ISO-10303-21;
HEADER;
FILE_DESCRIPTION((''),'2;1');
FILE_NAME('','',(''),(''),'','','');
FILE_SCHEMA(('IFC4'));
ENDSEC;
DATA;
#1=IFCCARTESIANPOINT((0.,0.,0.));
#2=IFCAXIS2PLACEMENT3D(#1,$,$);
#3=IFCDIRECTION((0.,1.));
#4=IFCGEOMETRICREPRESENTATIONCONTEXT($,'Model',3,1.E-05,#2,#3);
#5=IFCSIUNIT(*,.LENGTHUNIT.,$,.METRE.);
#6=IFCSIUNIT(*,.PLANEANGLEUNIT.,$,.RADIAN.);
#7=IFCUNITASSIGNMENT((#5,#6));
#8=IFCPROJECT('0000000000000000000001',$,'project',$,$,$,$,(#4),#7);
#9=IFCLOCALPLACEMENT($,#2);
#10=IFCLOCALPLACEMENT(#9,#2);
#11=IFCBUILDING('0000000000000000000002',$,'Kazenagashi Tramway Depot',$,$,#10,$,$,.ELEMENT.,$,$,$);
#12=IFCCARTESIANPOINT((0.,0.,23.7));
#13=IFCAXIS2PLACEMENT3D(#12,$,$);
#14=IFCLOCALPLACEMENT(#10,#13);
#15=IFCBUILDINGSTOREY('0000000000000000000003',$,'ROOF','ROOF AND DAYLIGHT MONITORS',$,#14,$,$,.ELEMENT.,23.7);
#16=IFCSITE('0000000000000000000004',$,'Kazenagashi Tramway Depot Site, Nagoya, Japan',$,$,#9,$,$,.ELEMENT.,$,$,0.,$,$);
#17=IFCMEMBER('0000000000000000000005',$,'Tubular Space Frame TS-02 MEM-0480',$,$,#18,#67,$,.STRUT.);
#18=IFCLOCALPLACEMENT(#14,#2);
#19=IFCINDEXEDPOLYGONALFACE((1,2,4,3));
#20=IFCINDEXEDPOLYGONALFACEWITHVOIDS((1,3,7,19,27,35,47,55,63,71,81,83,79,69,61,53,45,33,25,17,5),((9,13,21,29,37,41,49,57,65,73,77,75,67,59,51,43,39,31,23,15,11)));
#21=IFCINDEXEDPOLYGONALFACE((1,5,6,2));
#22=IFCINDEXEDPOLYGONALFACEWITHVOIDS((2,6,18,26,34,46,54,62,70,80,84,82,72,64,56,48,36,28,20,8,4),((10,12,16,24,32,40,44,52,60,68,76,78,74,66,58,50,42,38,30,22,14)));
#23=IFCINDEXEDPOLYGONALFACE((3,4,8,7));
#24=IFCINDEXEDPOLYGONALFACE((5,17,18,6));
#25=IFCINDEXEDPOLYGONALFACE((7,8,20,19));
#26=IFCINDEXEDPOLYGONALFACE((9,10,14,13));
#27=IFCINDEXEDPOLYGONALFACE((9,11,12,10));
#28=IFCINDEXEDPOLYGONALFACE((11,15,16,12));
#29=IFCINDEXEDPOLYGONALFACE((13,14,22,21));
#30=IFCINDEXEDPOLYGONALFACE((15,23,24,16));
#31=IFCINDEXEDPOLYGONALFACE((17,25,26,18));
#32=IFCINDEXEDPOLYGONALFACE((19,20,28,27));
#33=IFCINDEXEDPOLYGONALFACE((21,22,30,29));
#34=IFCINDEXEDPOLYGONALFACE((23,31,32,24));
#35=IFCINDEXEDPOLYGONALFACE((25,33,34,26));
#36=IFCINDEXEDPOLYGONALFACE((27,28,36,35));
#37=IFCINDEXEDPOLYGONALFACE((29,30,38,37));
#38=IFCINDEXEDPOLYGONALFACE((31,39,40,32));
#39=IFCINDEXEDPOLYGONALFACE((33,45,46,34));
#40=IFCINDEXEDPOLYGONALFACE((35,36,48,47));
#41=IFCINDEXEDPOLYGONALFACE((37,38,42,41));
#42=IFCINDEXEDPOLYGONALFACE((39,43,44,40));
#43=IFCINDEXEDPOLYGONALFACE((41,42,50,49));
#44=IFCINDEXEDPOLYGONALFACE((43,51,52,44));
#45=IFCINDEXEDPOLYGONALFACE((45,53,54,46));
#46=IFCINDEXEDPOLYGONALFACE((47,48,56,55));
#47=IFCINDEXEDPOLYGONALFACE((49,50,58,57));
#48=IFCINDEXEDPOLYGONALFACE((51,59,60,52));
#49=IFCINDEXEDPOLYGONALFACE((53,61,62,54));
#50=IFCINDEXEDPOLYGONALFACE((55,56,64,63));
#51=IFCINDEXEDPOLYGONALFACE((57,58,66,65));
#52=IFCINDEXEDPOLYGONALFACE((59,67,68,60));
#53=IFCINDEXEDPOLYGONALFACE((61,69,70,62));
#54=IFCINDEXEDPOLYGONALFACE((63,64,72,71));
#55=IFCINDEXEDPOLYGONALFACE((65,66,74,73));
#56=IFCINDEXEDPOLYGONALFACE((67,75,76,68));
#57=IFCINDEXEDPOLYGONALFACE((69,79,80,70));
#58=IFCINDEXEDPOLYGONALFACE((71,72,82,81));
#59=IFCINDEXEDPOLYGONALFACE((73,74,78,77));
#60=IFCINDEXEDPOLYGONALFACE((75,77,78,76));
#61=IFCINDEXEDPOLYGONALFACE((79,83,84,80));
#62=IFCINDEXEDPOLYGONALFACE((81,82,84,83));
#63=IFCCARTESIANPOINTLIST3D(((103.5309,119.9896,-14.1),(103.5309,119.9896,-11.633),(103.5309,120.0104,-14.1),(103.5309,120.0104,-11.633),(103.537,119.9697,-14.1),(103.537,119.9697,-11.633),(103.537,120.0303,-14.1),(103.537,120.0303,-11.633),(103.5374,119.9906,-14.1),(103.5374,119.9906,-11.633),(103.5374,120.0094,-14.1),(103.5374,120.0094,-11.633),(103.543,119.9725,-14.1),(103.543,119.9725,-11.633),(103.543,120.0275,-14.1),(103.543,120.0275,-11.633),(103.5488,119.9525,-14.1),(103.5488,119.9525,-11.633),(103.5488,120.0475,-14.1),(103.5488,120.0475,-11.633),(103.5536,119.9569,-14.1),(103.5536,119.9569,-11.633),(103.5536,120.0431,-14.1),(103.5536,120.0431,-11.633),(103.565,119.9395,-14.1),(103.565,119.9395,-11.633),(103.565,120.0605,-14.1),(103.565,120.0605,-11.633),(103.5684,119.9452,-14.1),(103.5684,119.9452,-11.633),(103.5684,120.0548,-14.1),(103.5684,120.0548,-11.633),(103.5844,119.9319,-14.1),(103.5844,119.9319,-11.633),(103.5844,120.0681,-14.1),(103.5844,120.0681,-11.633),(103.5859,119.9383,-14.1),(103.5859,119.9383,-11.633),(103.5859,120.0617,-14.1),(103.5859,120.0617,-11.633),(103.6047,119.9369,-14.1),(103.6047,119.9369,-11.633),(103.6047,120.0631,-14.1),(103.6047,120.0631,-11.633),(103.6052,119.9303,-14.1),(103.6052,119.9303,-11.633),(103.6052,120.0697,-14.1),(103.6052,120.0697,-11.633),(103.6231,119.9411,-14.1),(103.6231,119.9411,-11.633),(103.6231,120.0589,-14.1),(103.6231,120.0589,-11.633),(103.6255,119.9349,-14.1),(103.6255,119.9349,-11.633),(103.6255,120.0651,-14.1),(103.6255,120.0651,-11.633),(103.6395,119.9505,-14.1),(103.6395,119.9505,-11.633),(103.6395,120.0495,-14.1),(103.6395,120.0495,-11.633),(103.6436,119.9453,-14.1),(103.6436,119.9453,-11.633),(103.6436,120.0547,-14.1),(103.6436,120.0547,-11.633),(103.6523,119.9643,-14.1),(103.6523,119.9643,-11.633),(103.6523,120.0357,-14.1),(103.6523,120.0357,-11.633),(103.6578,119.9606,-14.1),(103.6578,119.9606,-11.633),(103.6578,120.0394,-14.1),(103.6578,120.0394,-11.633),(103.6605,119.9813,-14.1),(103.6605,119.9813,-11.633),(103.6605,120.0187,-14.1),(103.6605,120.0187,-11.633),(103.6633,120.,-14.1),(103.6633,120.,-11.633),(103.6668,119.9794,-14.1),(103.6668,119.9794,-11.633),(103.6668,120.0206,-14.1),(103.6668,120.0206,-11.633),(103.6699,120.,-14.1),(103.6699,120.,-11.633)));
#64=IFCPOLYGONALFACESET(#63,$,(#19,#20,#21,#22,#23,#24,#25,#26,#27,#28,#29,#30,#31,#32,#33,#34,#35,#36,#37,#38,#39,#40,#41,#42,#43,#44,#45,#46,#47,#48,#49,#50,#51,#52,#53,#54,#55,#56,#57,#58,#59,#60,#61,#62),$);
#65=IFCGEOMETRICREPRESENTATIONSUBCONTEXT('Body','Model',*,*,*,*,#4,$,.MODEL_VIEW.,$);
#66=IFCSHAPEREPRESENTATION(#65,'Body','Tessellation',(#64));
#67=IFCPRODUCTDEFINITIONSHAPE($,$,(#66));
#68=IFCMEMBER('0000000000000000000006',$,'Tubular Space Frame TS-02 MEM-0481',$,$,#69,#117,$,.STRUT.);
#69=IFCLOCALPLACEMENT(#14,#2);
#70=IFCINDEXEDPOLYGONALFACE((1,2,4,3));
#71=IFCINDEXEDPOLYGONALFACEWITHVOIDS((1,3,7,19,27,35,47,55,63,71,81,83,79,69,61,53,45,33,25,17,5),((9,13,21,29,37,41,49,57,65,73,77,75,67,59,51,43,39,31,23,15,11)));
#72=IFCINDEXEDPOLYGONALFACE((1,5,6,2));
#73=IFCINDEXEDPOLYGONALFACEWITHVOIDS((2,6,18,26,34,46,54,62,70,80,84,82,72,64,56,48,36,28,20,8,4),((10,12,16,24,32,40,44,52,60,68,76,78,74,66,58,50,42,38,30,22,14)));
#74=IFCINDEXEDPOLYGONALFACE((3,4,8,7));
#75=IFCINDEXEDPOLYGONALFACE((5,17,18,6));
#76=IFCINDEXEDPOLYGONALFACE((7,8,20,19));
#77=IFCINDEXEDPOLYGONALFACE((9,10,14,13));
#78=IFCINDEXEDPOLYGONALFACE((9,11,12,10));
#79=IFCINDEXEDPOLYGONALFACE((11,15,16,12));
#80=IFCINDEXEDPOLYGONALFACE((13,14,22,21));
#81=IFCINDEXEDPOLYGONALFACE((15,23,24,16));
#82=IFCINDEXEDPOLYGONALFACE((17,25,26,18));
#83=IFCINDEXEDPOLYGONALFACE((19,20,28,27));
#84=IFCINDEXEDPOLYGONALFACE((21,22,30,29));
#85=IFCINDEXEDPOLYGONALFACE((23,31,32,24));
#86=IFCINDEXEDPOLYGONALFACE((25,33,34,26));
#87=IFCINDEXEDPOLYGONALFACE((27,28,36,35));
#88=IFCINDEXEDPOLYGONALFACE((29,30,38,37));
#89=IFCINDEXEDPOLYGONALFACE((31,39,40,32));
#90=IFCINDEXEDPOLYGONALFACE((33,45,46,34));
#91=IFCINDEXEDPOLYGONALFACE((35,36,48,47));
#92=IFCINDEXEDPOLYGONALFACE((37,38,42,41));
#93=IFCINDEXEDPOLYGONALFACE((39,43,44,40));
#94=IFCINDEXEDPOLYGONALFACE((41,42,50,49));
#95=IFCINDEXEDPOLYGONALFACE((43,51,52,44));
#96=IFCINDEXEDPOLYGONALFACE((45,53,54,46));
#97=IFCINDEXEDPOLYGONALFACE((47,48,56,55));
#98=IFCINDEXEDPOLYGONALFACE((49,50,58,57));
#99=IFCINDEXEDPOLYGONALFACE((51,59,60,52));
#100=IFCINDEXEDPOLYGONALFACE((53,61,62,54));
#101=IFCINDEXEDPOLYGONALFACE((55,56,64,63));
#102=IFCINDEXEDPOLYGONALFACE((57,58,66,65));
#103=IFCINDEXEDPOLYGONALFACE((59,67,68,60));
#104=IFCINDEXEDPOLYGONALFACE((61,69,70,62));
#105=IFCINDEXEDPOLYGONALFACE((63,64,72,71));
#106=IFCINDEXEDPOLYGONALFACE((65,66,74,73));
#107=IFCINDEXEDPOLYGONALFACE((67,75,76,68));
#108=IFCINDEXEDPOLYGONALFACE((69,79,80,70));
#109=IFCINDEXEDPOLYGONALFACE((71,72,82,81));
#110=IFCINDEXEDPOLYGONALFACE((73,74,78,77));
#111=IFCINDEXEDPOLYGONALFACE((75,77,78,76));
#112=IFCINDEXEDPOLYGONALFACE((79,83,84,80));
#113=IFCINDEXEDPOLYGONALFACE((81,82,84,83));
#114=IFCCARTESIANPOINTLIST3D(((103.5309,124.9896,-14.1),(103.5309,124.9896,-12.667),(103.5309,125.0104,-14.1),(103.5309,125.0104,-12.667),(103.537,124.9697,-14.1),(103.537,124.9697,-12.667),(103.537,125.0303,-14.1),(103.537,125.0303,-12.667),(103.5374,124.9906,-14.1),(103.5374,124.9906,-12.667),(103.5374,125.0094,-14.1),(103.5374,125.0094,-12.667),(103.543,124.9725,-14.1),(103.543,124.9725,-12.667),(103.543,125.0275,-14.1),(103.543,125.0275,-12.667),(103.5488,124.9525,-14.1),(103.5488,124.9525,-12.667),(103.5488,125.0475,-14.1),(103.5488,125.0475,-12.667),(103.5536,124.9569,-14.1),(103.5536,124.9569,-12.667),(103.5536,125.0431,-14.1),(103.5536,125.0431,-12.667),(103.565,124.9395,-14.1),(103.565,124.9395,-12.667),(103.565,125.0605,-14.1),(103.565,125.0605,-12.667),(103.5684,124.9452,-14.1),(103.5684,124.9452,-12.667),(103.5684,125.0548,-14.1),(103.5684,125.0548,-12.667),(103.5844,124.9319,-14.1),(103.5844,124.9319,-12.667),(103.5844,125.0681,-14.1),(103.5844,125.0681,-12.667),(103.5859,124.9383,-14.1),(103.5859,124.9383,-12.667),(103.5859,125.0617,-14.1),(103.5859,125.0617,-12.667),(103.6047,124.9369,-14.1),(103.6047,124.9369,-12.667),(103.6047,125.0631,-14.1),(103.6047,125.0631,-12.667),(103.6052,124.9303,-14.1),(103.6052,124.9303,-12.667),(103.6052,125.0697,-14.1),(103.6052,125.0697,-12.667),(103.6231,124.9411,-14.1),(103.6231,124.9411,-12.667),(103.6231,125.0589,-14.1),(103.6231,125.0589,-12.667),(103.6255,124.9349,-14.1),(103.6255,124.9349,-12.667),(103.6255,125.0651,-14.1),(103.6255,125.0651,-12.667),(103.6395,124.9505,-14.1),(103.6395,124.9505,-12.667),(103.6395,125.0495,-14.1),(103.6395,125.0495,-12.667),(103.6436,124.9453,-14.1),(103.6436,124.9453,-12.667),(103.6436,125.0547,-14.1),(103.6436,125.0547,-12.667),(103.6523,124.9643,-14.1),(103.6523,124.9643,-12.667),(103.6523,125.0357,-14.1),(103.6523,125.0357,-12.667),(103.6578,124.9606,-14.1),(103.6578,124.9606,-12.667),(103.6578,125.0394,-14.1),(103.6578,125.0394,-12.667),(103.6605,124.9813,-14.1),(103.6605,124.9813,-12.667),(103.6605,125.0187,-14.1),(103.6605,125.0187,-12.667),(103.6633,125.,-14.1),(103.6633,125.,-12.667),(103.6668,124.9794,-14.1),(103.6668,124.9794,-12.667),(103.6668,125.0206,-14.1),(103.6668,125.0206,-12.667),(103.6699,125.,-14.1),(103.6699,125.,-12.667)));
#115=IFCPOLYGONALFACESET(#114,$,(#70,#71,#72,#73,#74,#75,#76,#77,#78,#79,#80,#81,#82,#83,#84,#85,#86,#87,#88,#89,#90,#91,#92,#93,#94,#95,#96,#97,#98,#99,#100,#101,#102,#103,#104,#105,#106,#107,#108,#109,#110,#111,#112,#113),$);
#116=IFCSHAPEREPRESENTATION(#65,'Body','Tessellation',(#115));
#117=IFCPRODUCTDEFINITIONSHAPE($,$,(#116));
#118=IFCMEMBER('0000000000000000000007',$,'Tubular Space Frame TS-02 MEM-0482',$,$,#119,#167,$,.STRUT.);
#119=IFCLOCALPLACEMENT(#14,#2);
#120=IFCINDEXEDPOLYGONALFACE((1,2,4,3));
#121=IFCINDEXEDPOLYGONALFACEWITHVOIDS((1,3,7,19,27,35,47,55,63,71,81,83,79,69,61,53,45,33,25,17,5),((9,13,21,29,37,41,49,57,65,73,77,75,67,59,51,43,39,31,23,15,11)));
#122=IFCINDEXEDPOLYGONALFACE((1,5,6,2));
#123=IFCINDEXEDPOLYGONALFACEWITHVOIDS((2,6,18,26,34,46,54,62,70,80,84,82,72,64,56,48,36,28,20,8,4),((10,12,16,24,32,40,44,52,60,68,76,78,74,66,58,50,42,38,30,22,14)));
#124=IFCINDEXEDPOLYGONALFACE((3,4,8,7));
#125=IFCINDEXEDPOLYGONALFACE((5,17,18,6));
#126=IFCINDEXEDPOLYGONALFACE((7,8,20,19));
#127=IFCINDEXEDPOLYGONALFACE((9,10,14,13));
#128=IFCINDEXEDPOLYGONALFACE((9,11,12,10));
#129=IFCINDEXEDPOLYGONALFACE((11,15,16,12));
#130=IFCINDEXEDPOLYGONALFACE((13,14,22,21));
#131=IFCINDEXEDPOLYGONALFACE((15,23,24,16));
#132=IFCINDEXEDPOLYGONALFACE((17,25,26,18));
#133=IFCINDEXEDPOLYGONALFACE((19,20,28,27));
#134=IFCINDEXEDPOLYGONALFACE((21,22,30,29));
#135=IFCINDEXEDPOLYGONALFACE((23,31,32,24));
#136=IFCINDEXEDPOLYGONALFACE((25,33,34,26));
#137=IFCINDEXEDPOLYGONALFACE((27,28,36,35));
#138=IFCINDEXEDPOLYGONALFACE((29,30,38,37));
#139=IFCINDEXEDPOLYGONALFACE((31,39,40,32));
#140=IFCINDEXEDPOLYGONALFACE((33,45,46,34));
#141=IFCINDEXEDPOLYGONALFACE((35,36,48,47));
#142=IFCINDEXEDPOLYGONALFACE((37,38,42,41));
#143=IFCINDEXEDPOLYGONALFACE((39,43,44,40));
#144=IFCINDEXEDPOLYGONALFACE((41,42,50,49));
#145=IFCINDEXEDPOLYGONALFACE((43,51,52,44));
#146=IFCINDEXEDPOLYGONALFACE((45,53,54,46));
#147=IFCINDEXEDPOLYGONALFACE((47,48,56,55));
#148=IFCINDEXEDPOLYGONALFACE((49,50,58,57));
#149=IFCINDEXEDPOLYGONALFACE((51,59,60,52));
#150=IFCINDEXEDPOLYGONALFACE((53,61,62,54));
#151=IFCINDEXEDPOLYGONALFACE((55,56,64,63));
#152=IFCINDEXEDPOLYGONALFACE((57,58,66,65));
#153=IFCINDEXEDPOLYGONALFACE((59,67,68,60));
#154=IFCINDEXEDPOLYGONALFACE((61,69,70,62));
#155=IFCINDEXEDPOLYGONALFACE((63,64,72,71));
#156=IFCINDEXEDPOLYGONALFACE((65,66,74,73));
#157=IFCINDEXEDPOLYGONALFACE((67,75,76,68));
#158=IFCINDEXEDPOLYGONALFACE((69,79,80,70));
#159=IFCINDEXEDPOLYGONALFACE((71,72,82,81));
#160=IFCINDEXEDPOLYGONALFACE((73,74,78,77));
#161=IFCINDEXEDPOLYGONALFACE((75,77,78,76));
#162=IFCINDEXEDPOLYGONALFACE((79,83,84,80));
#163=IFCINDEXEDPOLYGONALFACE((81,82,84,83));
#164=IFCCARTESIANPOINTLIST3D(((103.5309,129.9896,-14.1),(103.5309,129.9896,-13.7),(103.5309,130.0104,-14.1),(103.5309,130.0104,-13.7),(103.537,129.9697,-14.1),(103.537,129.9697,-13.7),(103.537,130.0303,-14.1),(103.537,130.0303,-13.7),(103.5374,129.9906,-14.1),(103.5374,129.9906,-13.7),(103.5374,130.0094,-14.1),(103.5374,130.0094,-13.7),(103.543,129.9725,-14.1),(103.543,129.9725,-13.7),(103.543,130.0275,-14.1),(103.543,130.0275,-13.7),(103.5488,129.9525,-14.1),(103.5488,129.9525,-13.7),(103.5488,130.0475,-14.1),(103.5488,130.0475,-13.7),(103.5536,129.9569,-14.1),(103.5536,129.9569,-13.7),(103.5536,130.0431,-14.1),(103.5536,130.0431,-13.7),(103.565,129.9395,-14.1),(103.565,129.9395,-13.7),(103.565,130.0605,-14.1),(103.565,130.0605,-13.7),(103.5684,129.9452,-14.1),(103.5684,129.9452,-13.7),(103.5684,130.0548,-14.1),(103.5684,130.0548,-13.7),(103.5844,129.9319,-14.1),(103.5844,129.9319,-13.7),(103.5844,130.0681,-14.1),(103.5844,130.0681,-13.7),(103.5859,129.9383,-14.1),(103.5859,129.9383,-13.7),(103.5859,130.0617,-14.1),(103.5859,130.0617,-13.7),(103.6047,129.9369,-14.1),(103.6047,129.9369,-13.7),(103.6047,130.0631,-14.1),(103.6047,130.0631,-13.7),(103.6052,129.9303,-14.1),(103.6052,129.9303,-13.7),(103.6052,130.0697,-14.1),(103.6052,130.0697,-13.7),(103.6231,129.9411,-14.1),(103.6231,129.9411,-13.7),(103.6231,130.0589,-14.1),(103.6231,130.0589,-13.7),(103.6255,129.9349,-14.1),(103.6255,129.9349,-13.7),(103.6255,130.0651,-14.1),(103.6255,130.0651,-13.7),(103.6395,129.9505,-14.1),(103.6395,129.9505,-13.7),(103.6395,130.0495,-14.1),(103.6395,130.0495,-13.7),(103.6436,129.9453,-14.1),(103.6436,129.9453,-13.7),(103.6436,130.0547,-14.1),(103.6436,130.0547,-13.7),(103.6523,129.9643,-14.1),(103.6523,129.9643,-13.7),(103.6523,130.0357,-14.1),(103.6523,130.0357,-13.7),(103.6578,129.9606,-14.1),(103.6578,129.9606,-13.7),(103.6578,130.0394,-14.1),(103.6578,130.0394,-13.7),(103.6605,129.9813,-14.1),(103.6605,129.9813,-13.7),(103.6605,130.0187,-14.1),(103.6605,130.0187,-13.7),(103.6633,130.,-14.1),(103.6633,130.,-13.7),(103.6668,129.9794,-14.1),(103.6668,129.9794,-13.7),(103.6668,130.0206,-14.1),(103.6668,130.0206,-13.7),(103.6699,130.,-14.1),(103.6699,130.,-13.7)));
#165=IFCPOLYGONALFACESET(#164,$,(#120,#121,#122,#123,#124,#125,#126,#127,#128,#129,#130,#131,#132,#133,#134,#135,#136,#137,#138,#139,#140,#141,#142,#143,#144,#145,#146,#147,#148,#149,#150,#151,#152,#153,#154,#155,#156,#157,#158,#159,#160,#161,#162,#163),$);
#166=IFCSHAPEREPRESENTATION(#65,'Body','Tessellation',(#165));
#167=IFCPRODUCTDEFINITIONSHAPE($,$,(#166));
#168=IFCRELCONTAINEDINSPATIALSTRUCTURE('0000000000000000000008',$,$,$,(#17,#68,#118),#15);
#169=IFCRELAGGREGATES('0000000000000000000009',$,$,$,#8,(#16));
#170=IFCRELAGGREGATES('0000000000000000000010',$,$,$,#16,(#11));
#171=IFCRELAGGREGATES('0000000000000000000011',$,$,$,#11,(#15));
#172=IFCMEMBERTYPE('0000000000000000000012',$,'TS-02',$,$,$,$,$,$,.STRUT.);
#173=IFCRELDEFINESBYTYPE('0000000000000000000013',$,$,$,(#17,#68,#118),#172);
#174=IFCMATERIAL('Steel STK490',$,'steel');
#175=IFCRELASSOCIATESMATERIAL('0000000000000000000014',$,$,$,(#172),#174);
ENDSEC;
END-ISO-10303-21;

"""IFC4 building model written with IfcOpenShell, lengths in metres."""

from ifc_helpers import new_model, si_unit, direction, frame, origin, origin_2d, place, context, subcontext, project, spatial, hollow_circle, extrude, material, material_profile, profile_set, type_object, element, save


model = new_model("IFC4")

# Units and contexts
model_context = context("Model", 3, precision=1e-05, world=origin(), true_north=direction((0.0, 1.0)))
body_context = subcontext(model_context, "Body", "Model", "MODEL_VIEW")
ifc_project = project(units=[si_unit("LENGTHUNIT", "METRE"), si_unit("PLANEANGLEUNIT", "RADIAN")], contexts=[model_context])

# Site, building, storey
site_placement = place(None, origin())
site = spatial("IfcSite", under=ifc_project, at=site_placement, Name="Kazenagashi Tramway Depot Site, Nagoya, Japan", CompositionType="ELEMENT", RefElevation=0.0)
building_placement = place(site_placement, origin())
building = spatial("IfcBuilding", under=site, at=building_placement, Name="Kazenagashi Tramway Depot", CompositionType="ELEMENT")
storey_placement = place(building_placement, frame((0.0, 0.0, 23.7)))
storey = spatial("IfcBuildingStorey", under=building, at=storey_placement, Name="ROOF", Description="ROOF AND DAYLIGHT MONITORS", CompositionType="ELEMENT", Elevation=23.7)

# Members
ifc_material_1 = material(Name="Steel STK490", Category="steel")
ifc_material_profile_1 = material_profile(ifc_material_1, hollow_circle(Radius=0.0699, WallThickness=0.0066, at=origin_2d()), Name="CHS-139.8x6.6")
ifc_profile_set_1 = profile_set([ifc_material_profile_1], Name="Steel STK490")
member_type_1 = type_object("IfcMemberType", Name="TS-02", PredefinedType="STRUT", material=ifc_profile_set_1)
member_1_placement = place(storey_placement, frame((103.6, 120.0, -14.1), z_axis=(0.0, 0.0, 1.0), x_axis=(1.0, 0.0, 0.0)))
element("IfcMember", 1, at=member_1_placement, inside=storey, type_object=member_type_1, Name="Tubular Space Frame TS-02 MEM-0480", PredefinedType="STRUT", context=body_context, shape_type="SweptSolid", body=[
    extrude(hollow_circle(Radius=0.0699, WallThickness=0.0066, at=origin_2d()), origin(), (0.0, 0.0, 1.0), 2.467),
])
member_2_placement = place(storey_placement, frame((103.6, 125.0, -14.1), z_axis=(0.0, 0.0, 1.0), x_axis=(1.0, 0.0, 0.0)))
element("IfcMember", 2, at=member_2_placement, inside=storey, type_object=member_type_1, Name="Tubular Space Frame TS-02 MEM-0481", PredefinedType="STRUT", context=body_context, shape_type="SweptSolid", body=[
    extrude(hollow_circle(Radius=0.0699, WallThickness=0.0066, at=origin_2d()), origin(), (0.0, 0.0, 1.0), 1.433),
])
member_3_placement = place(storey_placement, frame((103.6, 130.0, -14.1), z_axis=(0.0, 0.0, 1.0), x_axis=(1.0, 0.0, 0.0)))
element("IfcMember", 3, at=member_3_placement, inside=storey, type_object=member_type_1, Name="Tubular Space Frame TS-02 MEM-0482", PredefinedType="STRUT", context=body_context, shape_type="SweptSolid", body=[
    extrude(hollow_circle(Radius=0.0699, WallThickness=0.0066, at=origin_2d()), origin(), (0.0, 0.0, 1.0), 0.4),
])

save(model, "model.ifc")
